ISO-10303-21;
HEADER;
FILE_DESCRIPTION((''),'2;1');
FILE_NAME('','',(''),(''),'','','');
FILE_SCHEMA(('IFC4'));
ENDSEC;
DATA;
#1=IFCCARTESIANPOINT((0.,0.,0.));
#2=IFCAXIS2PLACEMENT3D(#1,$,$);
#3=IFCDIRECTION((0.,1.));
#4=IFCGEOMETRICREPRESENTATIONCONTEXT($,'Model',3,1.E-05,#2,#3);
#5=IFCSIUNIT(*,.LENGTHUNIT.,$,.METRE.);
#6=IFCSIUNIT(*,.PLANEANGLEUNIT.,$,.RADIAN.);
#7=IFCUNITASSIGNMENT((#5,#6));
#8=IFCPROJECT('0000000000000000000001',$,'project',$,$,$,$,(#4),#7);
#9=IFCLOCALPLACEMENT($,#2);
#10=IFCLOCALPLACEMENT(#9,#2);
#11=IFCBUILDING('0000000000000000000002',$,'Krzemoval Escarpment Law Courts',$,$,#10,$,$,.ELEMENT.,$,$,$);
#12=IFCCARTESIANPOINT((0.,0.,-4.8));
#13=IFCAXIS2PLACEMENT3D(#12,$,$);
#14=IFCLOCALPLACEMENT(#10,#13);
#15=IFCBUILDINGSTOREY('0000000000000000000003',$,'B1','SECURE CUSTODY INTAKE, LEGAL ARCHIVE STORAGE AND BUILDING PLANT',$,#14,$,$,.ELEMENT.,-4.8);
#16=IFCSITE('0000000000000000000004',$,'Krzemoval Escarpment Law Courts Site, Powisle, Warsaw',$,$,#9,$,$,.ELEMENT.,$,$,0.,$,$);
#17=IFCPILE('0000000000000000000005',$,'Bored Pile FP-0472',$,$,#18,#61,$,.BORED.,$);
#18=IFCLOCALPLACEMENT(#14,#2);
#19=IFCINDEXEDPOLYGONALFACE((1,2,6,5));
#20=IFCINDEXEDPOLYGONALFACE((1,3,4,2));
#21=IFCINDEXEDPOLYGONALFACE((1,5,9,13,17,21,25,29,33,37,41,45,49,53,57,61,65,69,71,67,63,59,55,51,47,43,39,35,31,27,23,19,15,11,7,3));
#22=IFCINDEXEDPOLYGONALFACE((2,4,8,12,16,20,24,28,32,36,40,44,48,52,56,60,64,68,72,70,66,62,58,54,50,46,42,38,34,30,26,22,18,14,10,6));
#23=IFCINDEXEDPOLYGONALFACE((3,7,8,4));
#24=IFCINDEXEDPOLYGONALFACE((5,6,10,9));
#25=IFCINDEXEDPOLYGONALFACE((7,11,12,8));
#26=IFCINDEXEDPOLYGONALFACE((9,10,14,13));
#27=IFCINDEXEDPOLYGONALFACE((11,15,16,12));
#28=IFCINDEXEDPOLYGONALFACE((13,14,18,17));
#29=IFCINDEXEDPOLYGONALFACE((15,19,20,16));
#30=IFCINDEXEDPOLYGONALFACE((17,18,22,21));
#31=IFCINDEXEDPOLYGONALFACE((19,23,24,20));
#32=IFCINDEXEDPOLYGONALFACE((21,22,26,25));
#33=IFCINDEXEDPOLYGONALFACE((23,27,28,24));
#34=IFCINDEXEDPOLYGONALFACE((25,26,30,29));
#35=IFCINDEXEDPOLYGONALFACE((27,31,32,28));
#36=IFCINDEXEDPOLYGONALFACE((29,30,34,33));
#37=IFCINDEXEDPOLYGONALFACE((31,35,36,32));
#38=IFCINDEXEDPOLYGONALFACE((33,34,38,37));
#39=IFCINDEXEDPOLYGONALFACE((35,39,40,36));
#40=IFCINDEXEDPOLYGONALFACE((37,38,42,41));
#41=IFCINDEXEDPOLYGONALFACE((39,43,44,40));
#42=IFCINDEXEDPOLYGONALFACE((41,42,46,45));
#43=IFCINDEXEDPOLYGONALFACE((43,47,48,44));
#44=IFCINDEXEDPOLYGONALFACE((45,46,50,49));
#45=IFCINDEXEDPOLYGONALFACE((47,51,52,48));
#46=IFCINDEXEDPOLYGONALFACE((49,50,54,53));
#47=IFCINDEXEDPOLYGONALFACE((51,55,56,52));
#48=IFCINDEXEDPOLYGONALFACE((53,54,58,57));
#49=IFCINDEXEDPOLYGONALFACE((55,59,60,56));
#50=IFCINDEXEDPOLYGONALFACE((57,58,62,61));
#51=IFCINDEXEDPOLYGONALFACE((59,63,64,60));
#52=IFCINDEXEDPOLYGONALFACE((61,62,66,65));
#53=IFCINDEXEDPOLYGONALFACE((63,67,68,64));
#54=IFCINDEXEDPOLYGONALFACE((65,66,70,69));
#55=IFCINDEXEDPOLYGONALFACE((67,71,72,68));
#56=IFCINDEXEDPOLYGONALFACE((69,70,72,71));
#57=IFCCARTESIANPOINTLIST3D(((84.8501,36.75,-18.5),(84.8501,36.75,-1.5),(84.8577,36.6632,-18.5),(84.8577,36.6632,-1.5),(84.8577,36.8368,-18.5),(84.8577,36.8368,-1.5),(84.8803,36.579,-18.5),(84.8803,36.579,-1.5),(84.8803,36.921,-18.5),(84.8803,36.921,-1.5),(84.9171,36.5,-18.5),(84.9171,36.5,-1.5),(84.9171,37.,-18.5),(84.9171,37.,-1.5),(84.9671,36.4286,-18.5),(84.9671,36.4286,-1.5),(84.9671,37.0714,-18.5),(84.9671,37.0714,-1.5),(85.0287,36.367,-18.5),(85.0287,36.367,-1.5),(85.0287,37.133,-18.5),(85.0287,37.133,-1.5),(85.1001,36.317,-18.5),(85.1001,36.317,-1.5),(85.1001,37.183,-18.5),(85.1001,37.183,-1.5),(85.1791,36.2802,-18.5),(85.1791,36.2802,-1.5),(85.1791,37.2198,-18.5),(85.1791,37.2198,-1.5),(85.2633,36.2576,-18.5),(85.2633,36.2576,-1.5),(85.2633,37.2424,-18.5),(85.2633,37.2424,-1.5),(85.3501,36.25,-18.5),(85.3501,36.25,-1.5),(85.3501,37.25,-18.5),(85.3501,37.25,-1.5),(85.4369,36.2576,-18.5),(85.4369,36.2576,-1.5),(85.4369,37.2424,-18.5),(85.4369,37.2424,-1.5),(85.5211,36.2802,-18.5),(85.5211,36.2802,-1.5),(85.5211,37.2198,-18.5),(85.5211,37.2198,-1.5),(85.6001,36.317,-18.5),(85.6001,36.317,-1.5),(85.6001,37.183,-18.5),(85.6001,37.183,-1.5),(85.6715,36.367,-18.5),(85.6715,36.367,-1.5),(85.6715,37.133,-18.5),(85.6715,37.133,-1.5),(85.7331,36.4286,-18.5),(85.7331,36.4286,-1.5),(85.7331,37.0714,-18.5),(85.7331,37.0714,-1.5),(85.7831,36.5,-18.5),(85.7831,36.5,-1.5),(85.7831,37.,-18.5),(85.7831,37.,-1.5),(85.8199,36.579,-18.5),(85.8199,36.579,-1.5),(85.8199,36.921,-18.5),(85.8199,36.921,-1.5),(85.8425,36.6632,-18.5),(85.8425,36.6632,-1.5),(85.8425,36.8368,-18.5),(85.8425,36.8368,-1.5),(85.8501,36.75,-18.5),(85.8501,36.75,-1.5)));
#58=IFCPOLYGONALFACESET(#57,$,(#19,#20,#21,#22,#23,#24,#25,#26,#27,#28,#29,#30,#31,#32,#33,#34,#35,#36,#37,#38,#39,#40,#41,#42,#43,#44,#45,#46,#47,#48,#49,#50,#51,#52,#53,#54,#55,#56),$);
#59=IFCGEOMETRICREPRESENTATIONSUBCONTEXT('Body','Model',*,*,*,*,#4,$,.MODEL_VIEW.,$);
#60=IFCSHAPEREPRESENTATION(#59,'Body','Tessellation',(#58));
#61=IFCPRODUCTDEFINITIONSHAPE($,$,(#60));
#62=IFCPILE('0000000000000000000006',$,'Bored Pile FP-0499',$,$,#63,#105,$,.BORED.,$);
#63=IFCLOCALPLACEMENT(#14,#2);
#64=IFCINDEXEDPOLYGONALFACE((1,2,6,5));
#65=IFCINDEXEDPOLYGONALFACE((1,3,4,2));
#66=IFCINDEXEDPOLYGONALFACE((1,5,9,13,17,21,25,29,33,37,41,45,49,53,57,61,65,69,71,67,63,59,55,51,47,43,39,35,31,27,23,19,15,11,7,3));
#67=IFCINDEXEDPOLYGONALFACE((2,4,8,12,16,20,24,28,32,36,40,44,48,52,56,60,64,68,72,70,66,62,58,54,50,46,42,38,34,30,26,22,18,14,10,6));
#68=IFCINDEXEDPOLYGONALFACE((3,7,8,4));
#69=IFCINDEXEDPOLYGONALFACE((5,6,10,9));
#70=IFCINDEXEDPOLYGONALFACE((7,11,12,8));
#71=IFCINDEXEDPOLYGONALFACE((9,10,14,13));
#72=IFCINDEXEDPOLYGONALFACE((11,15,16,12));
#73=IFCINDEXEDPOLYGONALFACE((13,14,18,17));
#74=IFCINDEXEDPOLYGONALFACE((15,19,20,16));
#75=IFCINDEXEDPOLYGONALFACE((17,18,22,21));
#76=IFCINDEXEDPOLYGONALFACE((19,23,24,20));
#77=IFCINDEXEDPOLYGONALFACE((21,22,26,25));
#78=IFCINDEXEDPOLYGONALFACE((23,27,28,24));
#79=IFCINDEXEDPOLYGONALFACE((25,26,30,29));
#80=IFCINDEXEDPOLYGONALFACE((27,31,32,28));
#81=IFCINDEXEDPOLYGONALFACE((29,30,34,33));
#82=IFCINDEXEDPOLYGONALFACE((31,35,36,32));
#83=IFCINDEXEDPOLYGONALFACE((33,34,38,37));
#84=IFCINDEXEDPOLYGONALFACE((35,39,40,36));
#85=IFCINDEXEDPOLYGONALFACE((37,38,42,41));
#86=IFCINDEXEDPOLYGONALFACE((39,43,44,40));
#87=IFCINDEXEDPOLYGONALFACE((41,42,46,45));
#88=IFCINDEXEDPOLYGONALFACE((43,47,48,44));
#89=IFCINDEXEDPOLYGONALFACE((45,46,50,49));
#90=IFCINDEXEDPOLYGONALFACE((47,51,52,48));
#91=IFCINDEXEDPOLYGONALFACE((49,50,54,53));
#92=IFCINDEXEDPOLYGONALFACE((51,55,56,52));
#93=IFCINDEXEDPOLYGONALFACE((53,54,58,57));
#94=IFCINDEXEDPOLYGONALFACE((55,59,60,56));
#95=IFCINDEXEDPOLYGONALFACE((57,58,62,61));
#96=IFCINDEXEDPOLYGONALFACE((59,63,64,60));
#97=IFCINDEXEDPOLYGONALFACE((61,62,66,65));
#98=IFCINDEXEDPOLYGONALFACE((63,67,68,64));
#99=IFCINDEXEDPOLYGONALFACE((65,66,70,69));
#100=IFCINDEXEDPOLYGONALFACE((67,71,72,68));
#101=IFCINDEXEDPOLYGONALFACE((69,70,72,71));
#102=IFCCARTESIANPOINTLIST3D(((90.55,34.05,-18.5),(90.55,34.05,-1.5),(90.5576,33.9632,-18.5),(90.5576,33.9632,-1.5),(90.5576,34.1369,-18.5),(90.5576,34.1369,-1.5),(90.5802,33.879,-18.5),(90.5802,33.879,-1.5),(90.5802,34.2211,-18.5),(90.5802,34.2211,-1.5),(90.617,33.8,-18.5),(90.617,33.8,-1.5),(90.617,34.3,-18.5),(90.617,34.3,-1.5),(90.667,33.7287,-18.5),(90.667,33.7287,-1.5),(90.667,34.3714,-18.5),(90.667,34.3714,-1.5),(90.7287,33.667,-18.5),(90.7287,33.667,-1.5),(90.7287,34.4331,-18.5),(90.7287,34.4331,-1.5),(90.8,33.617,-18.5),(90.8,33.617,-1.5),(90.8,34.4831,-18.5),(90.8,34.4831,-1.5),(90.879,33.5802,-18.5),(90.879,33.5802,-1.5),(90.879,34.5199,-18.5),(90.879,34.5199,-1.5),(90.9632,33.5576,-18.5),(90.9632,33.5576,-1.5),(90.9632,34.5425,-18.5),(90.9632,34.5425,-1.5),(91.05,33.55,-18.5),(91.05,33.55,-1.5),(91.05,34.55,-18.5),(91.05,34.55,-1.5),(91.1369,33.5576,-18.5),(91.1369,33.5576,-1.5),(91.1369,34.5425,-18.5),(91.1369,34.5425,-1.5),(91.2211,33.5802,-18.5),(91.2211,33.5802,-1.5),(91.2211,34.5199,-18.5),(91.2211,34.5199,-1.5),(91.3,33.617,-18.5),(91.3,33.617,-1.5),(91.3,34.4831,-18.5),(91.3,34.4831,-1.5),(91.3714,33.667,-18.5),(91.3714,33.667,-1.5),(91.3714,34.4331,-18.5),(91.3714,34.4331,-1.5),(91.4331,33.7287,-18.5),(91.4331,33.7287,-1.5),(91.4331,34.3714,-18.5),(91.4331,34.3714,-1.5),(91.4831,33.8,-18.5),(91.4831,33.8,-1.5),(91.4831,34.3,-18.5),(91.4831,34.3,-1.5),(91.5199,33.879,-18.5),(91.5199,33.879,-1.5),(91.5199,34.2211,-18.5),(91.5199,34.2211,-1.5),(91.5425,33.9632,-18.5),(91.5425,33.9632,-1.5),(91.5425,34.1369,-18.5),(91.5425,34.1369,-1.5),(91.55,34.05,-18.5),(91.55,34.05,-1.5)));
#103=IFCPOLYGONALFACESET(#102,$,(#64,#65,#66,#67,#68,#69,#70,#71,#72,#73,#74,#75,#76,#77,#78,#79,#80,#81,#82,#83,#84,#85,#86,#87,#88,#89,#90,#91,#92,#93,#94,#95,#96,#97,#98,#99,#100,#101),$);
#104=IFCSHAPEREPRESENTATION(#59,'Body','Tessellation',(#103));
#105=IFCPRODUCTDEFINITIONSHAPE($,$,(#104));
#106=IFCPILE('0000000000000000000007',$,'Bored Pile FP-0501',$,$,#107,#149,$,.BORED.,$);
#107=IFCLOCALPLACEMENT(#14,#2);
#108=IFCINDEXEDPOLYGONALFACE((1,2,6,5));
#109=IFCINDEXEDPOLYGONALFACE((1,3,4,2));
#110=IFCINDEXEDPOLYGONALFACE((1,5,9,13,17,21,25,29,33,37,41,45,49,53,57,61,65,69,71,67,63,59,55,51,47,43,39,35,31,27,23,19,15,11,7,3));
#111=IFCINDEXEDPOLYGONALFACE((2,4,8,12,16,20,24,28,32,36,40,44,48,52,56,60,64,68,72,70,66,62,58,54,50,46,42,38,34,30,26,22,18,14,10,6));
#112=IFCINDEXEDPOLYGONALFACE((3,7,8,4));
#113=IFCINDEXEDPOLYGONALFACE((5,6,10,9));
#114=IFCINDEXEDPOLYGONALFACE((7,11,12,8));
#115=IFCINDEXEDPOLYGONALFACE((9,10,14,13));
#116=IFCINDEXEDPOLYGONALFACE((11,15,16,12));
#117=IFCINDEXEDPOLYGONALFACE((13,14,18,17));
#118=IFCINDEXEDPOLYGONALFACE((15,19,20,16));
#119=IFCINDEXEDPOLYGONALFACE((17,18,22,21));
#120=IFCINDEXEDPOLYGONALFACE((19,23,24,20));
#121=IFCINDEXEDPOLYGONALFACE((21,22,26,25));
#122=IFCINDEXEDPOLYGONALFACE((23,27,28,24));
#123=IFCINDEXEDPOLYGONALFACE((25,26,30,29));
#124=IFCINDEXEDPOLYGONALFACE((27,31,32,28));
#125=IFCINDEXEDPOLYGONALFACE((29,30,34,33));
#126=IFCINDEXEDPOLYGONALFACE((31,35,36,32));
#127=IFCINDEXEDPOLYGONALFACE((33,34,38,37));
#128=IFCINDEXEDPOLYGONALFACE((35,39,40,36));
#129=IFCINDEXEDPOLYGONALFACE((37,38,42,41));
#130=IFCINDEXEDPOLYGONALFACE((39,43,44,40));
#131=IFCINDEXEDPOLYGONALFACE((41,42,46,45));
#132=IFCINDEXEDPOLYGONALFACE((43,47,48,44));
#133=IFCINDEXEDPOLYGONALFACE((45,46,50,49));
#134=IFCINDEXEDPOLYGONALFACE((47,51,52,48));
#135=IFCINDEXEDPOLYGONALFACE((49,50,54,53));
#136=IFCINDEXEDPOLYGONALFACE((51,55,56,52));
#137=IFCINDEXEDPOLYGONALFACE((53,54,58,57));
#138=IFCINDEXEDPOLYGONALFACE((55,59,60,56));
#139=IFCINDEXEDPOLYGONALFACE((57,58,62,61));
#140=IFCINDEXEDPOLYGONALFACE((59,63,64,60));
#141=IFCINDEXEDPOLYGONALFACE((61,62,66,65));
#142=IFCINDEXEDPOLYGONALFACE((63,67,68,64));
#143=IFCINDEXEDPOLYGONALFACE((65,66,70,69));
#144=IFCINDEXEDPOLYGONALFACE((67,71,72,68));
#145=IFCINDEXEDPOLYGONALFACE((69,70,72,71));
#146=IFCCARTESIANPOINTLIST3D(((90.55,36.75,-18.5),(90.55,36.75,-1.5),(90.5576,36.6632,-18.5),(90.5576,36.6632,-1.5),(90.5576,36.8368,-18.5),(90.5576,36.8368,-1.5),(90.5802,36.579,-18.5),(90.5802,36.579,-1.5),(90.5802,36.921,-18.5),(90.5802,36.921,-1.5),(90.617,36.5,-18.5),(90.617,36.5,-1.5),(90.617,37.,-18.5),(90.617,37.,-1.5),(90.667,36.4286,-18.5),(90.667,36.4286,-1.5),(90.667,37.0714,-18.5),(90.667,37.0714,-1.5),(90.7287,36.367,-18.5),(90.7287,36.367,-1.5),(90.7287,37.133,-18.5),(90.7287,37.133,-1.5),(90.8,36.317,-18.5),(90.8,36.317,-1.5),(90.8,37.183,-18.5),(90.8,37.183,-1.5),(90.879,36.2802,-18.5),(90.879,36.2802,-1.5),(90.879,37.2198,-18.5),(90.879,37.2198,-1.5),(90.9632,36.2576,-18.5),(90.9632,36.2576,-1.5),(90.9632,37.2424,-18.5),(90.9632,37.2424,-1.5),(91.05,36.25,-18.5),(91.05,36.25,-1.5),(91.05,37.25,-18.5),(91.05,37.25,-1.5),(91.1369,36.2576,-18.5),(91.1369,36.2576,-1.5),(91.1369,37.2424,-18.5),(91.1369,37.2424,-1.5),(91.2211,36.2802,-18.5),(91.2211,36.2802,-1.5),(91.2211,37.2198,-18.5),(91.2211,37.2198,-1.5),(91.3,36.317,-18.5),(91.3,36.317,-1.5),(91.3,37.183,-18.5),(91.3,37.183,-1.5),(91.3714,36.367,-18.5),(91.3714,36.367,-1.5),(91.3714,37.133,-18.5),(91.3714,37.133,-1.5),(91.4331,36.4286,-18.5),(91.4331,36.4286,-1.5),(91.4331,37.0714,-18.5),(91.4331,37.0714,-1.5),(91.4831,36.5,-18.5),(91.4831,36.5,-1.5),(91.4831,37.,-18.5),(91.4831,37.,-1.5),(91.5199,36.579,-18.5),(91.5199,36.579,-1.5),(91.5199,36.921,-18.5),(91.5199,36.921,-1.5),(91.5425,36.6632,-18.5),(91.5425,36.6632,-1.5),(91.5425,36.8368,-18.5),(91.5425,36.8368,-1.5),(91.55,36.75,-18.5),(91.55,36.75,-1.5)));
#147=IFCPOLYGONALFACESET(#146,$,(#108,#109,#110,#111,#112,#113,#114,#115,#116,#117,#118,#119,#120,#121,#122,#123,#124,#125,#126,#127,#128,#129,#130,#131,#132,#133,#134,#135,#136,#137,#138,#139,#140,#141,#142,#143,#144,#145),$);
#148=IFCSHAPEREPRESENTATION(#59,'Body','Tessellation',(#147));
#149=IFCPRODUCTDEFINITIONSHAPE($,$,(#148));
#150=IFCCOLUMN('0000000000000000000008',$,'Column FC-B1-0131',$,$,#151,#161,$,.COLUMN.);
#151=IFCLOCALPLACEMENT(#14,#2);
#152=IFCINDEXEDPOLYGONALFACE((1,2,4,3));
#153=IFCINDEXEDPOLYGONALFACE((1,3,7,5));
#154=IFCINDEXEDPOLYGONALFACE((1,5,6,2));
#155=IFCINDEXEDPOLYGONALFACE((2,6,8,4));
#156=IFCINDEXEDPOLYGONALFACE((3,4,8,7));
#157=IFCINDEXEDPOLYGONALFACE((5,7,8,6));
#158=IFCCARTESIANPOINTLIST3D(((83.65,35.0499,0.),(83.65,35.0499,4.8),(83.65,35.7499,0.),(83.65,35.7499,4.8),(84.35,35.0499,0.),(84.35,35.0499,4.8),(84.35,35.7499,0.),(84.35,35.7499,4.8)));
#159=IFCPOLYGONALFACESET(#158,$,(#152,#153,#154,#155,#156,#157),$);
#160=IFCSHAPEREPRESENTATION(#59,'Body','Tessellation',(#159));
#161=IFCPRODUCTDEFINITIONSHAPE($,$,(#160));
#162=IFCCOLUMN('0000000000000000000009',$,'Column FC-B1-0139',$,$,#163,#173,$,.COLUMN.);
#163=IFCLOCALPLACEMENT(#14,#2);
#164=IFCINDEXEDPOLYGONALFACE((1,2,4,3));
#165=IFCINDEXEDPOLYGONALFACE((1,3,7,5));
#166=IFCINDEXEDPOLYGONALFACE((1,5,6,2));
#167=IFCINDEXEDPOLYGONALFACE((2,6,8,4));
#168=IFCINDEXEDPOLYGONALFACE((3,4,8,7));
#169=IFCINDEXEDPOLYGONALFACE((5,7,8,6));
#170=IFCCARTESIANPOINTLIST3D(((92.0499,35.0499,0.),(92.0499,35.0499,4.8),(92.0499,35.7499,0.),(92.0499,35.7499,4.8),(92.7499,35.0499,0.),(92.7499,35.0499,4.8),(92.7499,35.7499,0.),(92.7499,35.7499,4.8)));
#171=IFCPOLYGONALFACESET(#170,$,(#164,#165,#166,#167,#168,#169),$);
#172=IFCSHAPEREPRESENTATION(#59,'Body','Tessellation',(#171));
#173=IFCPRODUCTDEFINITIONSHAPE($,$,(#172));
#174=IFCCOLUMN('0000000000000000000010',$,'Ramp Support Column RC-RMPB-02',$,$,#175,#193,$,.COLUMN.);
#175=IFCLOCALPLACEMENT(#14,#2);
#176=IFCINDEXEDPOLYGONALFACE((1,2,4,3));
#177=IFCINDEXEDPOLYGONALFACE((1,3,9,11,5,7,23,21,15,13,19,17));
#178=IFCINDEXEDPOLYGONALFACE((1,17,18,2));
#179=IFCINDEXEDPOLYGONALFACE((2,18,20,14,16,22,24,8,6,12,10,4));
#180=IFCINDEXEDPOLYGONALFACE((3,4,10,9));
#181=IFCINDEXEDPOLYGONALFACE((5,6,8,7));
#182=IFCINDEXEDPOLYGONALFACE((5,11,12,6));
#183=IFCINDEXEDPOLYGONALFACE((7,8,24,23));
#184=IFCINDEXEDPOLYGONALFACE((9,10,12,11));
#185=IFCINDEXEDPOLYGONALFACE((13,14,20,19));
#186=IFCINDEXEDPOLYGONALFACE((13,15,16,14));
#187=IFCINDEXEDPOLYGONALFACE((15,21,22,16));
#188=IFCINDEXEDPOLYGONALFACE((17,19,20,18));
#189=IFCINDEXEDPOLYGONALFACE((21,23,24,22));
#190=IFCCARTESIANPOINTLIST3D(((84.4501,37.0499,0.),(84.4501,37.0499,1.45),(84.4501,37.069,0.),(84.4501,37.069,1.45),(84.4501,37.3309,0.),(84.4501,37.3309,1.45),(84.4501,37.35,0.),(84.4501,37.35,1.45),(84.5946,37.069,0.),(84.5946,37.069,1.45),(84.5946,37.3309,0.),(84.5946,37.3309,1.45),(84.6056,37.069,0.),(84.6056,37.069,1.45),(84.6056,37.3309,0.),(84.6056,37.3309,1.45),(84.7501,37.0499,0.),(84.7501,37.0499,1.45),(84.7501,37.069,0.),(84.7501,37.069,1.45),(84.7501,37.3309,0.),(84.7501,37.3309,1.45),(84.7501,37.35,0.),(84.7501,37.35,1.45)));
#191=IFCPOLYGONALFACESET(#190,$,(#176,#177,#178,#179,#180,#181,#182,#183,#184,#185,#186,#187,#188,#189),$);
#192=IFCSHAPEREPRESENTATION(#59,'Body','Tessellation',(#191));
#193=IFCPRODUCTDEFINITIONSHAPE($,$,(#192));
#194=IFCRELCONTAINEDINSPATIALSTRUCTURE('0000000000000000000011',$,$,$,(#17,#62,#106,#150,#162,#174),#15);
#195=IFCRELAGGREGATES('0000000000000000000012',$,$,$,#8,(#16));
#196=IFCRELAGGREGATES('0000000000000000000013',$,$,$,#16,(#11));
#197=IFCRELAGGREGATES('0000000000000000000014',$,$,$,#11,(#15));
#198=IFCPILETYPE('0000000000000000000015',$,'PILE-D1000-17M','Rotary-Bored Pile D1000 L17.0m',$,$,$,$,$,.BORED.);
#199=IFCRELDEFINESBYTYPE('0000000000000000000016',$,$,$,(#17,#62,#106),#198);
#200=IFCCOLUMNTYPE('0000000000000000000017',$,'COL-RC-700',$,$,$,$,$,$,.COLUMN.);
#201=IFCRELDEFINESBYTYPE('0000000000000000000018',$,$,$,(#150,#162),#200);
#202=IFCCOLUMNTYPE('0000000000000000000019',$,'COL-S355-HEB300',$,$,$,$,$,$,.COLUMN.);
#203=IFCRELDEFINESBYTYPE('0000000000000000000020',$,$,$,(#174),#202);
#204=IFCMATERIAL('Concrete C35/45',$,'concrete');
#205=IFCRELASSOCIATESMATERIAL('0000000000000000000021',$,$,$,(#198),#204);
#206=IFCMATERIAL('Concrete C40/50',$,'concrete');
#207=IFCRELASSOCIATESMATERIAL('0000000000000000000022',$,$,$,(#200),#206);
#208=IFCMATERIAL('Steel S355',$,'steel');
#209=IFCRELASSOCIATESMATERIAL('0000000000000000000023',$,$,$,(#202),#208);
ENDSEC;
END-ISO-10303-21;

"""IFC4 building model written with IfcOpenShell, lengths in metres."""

from ifc_helpers import new_model, si_unit, direction, frame, origin, origin_2d, place, context, subcontext, project, spatial, rectangle, circle, i_section, extrude, material, material_profile, profile_set, type_object, element, save


model = new_model("IFC4")

# Units and contexts
model_context = context("Model", 3, precision=1e-05, world=origin(), true_north=direction((0.0, 1.0)))
body_context = subcontext(model_context, "Body", "Model", "MODEL_VIEW")
ifc_project = project(units=[si_unit("LENGTHUNIT", "METRE"), si_unit("PLANEANGLEUNIT", "RADIAN")], contexts=[model_context])

# Site, building, storey
site_placement = place(None, origin())
site = spatial("IfcSite", under=ifc_project, at=site_placement, Name="Krzemoval Escarpment Law Courts Site, Powisle, Warsaw", CompositionType="ELEMENT", RefElevation=0.0)
building_placement = place(site_placement, origin())
building = spatial("IfcBuilding", under=site, at=building_placement, Name="Krzemoval Escarpment Law Courts", CompositionType="ELEMENT")
storey_placement = place(building_placement, frame((0.0, 0.0, -4.8)))
storey = spatial("IfcBuildingStorey", under=building, at=storey_placement, Name="B1", Description="SECURE CUSTODY INTAKE, LEGAL ARCHIVE STORAGE AND BUILDING PLANT", CompositionType="ELEMENT", Elevation=-4.8)

# Piles
ifc_material_1 = material(Name="Concrete C35/45", Category="concrete")
ifc_material_profile_1 = material_profile(ifc_material_1, circle(Radius=0.5, at=origin_2d()), Name="PILE D1000")
ifc_profile_set_1 = profile_set([ifc_material_profile_1], Name="Concrete C35/45")
pile_type = type_object("IfcPileType", Name="PILE-D1000-17M", Description="Rotary-Bored Pile D1000 L17.0m", PredefinedType="BORED", material=ifc_profile_set_1)
for number, where, z_axis, x_axis, name in (
    (1, (85.3501, 36.75, -1.5), (0.0, 0.0, -1.0), (1.0, 0.0, 0.0), "Bored Pile FP-0472"),
    (2, (91.05, 34.05, -1.5), (0.0, 0.0, -1.0), (1.0, 0.0, 0.0), "Bored Pile FP-0499"),
    (3, (91.05, 36.75, -1.5), (0.0, 0.0, -1.0), (1.0, 0.0, 0.0), "Bored Pile FP-0501"),
):
    element("IfcPile", number, at=place(storey_placement, frame(where, z_axis=z_axis, x_axis=x_axis)), inside=storey, type_object=pile_type, Name=name, PredefinedType="BORED", context=body_context, shape_type="SweptSolid", body=[
        extrude(circle(Radius=0.5, at=origin_2d()), origin(), (0.0, 0.0, 1.0), 17.0),
    ])

# Columns
ifc_material_2 = material(Name="Concrete C40/50", Category="concrete")
ifc_material_profile_2 = material_profile(ifc_material_2, rectangle(XDim=0.7, YDim=0.7, at=origin_2d()), Name="RC 700x700")
ifc_profile_set_2 = profile_set([ifc_material_profile_2], Name="Concrete C40/50")
column_type_1 = type_object("IfcColumnType", Name="COL-RC-700", PredefinedType="COLUMN", material=ifc_profile_set_2)
for number, where, z_axis, x_axis, name in (
    (4, (84.0, 35.3999, 0.0), (0.0, 0.0, 1.0), (1.0, 0.0, 0.0), "Column FC-B1-0131"),
    (5, (92.3999, 35.3999, 0.0), (0.0, 0.0, 1.0), (1.0, 0.0, 0.0), "Column FC-B1-0139"),
):
    element("IfcColumn", number, at=place(storey_placement, frame(where, z_axis=z_axis, x_axis=x_axis)), inside=storey, type_object=column_type_1, Name=name, PredefinedType="COLUMN", context=body_context, shape_type="SweptSolid", body=[
        extrude(rectangle(XDim=0.7, YDim=0.7, at=origin_2d()), origin(), (0.0, 0.0, 1.0), 4.8),
    ])
ifc_material_3 = material(Name="Steel S355", Category="steel")
ifc_material_profile_3 = material_profile(ifc_material_3, i_section(OverallWidth=0.3, OverallDepth=0.3, WebThickness=0.011, FlangeThickness=0.019, at=origin_2d()), Name="HEB 300")
ifc_profile_set_3 = profile_set([ifc_material_profile_3], Name="Steel S355")
column_type_2 = type_object("IfcColumnType", Name="COL-S355-HEB300", PredefinedType="COLUMN", material=ifc_profile_set_3)
column_placement = place(storey_placement, frame((84.6001, 37.2, 0.0), z_axis=(0.0, 0.0, 1.0), x_axis=(1.0, 0.0, 0.0)))
element("IfcColumn", 6, at=column_placement, inside=storey, type_object=column_type_2, Name="Ramp Support Column RC-RMPB-02", PredefinedType="COLUMN", context=body_context, shape_type="SweptSolid", body=[
    extrude(i_section(OverallWidth=0.3, OverallDepth=0.3, WebThickness=0.011, FlangeThickness=0.019, at=origin_2d()), origin(), (0.0, 0.0, 1.0), 1.45),
])

save(model, "model.ifc")
